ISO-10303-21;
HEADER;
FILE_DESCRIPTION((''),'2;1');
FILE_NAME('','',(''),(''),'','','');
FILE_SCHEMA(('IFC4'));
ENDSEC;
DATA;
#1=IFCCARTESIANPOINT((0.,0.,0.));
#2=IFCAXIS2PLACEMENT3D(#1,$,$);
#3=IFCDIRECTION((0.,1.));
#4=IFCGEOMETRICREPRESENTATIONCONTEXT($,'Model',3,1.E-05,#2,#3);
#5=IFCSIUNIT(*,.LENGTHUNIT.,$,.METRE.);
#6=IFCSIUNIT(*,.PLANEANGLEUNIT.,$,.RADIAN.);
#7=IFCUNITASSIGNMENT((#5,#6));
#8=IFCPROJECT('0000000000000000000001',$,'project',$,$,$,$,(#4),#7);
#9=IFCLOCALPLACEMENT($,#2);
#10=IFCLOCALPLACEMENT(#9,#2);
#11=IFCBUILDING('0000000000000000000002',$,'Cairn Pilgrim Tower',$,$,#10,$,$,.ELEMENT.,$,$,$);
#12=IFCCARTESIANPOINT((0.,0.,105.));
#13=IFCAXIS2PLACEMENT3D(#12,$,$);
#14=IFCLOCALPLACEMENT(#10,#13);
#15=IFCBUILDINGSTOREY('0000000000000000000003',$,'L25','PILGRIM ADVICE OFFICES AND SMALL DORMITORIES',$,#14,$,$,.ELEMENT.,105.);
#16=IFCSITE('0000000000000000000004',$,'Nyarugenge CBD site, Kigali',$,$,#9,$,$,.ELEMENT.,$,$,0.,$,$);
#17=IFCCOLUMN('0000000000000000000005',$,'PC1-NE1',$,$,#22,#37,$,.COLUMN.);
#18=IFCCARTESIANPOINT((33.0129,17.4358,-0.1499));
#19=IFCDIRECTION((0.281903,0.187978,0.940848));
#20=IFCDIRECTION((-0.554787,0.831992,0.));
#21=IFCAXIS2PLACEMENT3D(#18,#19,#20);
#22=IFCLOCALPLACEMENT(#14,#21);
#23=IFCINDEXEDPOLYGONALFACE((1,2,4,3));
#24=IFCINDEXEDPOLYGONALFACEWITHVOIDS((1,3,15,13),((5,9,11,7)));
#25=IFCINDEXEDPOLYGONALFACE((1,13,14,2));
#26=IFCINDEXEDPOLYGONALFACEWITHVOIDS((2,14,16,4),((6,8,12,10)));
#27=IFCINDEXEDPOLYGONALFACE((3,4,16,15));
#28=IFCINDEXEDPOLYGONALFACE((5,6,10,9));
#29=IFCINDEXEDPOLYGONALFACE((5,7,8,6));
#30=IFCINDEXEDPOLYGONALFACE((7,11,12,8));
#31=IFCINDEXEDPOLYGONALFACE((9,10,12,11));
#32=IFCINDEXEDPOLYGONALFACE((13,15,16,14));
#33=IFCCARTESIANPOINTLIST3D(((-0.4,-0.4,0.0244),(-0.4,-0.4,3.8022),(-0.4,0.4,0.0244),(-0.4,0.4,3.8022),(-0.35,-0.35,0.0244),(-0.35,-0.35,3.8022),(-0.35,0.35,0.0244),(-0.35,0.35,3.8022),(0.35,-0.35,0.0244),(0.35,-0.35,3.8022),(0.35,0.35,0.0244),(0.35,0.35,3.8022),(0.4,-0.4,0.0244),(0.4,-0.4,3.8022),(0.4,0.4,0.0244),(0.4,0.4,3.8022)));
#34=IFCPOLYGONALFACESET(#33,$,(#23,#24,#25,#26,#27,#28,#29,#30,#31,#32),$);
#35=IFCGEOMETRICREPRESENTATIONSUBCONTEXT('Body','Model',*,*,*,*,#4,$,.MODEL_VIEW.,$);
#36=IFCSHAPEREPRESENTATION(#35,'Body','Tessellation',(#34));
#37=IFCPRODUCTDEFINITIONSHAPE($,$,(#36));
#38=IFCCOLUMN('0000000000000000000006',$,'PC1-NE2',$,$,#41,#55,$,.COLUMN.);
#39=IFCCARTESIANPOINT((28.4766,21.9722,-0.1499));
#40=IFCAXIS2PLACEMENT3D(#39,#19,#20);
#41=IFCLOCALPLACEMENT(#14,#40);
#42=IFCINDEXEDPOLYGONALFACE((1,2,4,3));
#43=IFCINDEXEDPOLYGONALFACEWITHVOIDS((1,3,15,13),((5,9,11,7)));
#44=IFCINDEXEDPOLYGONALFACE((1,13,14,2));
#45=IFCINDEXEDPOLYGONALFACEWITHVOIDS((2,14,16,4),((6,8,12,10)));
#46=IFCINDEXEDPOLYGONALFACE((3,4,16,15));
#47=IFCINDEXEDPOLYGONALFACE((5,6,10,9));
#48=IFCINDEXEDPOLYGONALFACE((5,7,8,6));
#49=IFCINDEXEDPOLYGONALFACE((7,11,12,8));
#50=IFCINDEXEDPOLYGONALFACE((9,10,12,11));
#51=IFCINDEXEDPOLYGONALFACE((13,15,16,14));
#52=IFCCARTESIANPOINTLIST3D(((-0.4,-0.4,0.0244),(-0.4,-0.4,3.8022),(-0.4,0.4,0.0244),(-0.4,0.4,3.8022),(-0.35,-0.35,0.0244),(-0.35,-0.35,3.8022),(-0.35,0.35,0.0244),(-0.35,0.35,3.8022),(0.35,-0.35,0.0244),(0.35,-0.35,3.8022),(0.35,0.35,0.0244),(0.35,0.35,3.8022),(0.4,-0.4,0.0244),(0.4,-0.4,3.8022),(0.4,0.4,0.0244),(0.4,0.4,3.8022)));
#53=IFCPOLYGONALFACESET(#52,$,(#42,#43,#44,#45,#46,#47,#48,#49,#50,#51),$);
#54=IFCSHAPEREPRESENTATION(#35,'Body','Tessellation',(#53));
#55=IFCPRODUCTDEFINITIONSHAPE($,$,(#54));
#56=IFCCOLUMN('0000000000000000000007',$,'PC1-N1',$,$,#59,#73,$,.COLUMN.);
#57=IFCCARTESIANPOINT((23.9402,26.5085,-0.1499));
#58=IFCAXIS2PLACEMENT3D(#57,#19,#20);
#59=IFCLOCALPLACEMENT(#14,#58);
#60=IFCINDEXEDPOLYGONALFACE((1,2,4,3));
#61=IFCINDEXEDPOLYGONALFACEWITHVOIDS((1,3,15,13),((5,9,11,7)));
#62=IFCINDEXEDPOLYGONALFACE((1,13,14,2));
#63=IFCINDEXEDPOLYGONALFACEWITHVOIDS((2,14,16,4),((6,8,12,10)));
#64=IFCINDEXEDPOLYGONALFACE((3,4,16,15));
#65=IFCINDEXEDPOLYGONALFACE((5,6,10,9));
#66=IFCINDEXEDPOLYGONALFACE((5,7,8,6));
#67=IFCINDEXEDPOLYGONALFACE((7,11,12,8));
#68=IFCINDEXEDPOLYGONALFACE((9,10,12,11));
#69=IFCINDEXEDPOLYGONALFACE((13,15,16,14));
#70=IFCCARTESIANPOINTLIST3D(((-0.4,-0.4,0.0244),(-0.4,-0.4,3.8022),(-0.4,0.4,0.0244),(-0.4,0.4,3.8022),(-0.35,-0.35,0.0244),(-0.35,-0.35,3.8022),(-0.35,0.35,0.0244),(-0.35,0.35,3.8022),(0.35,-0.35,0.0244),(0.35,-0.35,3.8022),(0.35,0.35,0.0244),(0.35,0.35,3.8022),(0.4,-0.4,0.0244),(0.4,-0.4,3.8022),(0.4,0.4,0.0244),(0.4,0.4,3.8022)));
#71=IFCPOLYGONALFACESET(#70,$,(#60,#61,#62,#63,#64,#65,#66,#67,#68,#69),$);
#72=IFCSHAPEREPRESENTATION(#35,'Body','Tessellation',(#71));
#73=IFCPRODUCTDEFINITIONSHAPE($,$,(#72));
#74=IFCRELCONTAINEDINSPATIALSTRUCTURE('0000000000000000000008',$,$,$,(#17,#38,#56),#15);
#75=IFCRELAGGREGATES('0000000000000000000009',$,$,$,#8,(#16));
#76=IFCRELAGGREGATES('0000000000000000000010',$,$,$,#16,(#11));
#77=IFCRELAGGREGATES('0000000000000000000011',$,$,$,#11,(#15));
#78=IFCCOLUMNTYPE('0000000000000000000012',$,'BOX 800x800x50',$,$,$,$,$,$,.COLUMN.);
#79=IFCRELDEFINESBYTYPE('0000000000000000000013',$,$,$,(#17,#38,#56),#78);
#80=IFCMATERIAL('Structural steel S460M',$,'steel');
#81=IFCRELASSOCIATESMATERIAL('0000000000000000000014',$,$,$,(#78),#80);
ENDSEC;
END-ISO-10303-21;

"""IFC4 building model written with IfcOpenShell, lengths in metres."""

from ifc_helpers import new_model, si_unit, direction, frame, origin, origin_2d, place, context, subcontext, project, spatial, hollow_rectangle, extrude, clip, halfspace, material, material_profile, profile_set, type_object, element, save


model = new_model("IFC4")

# Units and contexts
model_context = context("Model", 3, precision=1e-05, world=origin(), true_north=direction((0.0, 1.0)))
body_context = subcontext(model_context, "Body", "Model", "MODEL_VIEW")
ifc_project = project(units=[si_unit("LENGTHUNIT", "METRE"), si_unit("PLANEANGLEUNIT", "RADIAN")], contexts=[model_context])

# Site, building, storey
site_placement = place(None, origin())
site = spatial("IfcSite", under=ifc_project, at=site_placement, Name="Nyarugenge CBD site, Kigali", CompositionType="ELEMENT", RefElevation=0.0)
building_placement = place(site_placement, origin())
building = spatial("IfcBuilding", under=site, at=building_placement, Name="Cairn Pilgrim Tower", CompositionType="ELEMENT")
storey_placement = place(building_placement, frame((0.0, 0.0, 105.0)))
storey = spatial("IfcBuildingStorey", under=building, at=storey_placement, Name="L25", Description="PILGRIM ADVICE OFFICES AND SMALL DORMITORIES", CompositionType="ELEMENT", Elevation=105.0)

# Columns
ifc_material_1 = material(Name="Structural steel S460M", Category="steel")
ifc_material_profile_1 = material_profile(ifc_material_1, hollow_rectangle(XDim=0.8, YDim=0.8, WallThickness=0.05, at=origin_2d()), Name="BOX 800x800x50")
ifc_profile_set_1 = profile_set([ifc_material_profile_1], Name="Structural steel S460M")
column_type = type_object("IfcColumnType", Name="BOX 800x800x50", PredefinedType="COLUMN", material=ifc_profile_set_1)
for number, where, z_axis, x_axis, name in (
    (1, (33.0129, 17.4358, -0.1499), (0.281903, 0.187978, 0.940848), (-0.554787, 0.831992, 0.0), "PC1-NE1"),
    (2, (28.4766, 21.9722, -0.1499), (0.281903, 0.187978, 0.940848), (-0.554787, 0.831992, 0.0), "PC1-NE2"),
    (3, (23.9402, 26.5085, -0.1499), (0.281903, 0.187978, 0.940848), (-0.554787, 0.831992, 0.0), "PC1-N1"),
):
    element("IfcColumn", number, at=place(storey_placement, frame(where, z_axis=z_axis, x_axis=x_axis)), inside=storey, type_object=column_type, Name=name, PredefinedType="COLUMN", context=body_context, shape_type="Clipping", body=[
        clip(clip(extrude(hollow_rectangle(XDim=0.8, YDim=0.8, WallThickness=0.05, at=origin_2d()), origin(), (0.0, 0.0, 1.0), 3.8262), halfspace(frame((0.0, 0.0, 0.0244), z_axis=(0.0, 0.0, 1.0), x_axis=(1.0, 0.0, 0.0)), True)), halfspace(frame((0.0, 0.0, 3.8022), z_axis=(0.0, 0.0, 1.0), x_axis=(1.0, 0.0, 0.0)), False)),
    ])

save(model, "model.ifc")
